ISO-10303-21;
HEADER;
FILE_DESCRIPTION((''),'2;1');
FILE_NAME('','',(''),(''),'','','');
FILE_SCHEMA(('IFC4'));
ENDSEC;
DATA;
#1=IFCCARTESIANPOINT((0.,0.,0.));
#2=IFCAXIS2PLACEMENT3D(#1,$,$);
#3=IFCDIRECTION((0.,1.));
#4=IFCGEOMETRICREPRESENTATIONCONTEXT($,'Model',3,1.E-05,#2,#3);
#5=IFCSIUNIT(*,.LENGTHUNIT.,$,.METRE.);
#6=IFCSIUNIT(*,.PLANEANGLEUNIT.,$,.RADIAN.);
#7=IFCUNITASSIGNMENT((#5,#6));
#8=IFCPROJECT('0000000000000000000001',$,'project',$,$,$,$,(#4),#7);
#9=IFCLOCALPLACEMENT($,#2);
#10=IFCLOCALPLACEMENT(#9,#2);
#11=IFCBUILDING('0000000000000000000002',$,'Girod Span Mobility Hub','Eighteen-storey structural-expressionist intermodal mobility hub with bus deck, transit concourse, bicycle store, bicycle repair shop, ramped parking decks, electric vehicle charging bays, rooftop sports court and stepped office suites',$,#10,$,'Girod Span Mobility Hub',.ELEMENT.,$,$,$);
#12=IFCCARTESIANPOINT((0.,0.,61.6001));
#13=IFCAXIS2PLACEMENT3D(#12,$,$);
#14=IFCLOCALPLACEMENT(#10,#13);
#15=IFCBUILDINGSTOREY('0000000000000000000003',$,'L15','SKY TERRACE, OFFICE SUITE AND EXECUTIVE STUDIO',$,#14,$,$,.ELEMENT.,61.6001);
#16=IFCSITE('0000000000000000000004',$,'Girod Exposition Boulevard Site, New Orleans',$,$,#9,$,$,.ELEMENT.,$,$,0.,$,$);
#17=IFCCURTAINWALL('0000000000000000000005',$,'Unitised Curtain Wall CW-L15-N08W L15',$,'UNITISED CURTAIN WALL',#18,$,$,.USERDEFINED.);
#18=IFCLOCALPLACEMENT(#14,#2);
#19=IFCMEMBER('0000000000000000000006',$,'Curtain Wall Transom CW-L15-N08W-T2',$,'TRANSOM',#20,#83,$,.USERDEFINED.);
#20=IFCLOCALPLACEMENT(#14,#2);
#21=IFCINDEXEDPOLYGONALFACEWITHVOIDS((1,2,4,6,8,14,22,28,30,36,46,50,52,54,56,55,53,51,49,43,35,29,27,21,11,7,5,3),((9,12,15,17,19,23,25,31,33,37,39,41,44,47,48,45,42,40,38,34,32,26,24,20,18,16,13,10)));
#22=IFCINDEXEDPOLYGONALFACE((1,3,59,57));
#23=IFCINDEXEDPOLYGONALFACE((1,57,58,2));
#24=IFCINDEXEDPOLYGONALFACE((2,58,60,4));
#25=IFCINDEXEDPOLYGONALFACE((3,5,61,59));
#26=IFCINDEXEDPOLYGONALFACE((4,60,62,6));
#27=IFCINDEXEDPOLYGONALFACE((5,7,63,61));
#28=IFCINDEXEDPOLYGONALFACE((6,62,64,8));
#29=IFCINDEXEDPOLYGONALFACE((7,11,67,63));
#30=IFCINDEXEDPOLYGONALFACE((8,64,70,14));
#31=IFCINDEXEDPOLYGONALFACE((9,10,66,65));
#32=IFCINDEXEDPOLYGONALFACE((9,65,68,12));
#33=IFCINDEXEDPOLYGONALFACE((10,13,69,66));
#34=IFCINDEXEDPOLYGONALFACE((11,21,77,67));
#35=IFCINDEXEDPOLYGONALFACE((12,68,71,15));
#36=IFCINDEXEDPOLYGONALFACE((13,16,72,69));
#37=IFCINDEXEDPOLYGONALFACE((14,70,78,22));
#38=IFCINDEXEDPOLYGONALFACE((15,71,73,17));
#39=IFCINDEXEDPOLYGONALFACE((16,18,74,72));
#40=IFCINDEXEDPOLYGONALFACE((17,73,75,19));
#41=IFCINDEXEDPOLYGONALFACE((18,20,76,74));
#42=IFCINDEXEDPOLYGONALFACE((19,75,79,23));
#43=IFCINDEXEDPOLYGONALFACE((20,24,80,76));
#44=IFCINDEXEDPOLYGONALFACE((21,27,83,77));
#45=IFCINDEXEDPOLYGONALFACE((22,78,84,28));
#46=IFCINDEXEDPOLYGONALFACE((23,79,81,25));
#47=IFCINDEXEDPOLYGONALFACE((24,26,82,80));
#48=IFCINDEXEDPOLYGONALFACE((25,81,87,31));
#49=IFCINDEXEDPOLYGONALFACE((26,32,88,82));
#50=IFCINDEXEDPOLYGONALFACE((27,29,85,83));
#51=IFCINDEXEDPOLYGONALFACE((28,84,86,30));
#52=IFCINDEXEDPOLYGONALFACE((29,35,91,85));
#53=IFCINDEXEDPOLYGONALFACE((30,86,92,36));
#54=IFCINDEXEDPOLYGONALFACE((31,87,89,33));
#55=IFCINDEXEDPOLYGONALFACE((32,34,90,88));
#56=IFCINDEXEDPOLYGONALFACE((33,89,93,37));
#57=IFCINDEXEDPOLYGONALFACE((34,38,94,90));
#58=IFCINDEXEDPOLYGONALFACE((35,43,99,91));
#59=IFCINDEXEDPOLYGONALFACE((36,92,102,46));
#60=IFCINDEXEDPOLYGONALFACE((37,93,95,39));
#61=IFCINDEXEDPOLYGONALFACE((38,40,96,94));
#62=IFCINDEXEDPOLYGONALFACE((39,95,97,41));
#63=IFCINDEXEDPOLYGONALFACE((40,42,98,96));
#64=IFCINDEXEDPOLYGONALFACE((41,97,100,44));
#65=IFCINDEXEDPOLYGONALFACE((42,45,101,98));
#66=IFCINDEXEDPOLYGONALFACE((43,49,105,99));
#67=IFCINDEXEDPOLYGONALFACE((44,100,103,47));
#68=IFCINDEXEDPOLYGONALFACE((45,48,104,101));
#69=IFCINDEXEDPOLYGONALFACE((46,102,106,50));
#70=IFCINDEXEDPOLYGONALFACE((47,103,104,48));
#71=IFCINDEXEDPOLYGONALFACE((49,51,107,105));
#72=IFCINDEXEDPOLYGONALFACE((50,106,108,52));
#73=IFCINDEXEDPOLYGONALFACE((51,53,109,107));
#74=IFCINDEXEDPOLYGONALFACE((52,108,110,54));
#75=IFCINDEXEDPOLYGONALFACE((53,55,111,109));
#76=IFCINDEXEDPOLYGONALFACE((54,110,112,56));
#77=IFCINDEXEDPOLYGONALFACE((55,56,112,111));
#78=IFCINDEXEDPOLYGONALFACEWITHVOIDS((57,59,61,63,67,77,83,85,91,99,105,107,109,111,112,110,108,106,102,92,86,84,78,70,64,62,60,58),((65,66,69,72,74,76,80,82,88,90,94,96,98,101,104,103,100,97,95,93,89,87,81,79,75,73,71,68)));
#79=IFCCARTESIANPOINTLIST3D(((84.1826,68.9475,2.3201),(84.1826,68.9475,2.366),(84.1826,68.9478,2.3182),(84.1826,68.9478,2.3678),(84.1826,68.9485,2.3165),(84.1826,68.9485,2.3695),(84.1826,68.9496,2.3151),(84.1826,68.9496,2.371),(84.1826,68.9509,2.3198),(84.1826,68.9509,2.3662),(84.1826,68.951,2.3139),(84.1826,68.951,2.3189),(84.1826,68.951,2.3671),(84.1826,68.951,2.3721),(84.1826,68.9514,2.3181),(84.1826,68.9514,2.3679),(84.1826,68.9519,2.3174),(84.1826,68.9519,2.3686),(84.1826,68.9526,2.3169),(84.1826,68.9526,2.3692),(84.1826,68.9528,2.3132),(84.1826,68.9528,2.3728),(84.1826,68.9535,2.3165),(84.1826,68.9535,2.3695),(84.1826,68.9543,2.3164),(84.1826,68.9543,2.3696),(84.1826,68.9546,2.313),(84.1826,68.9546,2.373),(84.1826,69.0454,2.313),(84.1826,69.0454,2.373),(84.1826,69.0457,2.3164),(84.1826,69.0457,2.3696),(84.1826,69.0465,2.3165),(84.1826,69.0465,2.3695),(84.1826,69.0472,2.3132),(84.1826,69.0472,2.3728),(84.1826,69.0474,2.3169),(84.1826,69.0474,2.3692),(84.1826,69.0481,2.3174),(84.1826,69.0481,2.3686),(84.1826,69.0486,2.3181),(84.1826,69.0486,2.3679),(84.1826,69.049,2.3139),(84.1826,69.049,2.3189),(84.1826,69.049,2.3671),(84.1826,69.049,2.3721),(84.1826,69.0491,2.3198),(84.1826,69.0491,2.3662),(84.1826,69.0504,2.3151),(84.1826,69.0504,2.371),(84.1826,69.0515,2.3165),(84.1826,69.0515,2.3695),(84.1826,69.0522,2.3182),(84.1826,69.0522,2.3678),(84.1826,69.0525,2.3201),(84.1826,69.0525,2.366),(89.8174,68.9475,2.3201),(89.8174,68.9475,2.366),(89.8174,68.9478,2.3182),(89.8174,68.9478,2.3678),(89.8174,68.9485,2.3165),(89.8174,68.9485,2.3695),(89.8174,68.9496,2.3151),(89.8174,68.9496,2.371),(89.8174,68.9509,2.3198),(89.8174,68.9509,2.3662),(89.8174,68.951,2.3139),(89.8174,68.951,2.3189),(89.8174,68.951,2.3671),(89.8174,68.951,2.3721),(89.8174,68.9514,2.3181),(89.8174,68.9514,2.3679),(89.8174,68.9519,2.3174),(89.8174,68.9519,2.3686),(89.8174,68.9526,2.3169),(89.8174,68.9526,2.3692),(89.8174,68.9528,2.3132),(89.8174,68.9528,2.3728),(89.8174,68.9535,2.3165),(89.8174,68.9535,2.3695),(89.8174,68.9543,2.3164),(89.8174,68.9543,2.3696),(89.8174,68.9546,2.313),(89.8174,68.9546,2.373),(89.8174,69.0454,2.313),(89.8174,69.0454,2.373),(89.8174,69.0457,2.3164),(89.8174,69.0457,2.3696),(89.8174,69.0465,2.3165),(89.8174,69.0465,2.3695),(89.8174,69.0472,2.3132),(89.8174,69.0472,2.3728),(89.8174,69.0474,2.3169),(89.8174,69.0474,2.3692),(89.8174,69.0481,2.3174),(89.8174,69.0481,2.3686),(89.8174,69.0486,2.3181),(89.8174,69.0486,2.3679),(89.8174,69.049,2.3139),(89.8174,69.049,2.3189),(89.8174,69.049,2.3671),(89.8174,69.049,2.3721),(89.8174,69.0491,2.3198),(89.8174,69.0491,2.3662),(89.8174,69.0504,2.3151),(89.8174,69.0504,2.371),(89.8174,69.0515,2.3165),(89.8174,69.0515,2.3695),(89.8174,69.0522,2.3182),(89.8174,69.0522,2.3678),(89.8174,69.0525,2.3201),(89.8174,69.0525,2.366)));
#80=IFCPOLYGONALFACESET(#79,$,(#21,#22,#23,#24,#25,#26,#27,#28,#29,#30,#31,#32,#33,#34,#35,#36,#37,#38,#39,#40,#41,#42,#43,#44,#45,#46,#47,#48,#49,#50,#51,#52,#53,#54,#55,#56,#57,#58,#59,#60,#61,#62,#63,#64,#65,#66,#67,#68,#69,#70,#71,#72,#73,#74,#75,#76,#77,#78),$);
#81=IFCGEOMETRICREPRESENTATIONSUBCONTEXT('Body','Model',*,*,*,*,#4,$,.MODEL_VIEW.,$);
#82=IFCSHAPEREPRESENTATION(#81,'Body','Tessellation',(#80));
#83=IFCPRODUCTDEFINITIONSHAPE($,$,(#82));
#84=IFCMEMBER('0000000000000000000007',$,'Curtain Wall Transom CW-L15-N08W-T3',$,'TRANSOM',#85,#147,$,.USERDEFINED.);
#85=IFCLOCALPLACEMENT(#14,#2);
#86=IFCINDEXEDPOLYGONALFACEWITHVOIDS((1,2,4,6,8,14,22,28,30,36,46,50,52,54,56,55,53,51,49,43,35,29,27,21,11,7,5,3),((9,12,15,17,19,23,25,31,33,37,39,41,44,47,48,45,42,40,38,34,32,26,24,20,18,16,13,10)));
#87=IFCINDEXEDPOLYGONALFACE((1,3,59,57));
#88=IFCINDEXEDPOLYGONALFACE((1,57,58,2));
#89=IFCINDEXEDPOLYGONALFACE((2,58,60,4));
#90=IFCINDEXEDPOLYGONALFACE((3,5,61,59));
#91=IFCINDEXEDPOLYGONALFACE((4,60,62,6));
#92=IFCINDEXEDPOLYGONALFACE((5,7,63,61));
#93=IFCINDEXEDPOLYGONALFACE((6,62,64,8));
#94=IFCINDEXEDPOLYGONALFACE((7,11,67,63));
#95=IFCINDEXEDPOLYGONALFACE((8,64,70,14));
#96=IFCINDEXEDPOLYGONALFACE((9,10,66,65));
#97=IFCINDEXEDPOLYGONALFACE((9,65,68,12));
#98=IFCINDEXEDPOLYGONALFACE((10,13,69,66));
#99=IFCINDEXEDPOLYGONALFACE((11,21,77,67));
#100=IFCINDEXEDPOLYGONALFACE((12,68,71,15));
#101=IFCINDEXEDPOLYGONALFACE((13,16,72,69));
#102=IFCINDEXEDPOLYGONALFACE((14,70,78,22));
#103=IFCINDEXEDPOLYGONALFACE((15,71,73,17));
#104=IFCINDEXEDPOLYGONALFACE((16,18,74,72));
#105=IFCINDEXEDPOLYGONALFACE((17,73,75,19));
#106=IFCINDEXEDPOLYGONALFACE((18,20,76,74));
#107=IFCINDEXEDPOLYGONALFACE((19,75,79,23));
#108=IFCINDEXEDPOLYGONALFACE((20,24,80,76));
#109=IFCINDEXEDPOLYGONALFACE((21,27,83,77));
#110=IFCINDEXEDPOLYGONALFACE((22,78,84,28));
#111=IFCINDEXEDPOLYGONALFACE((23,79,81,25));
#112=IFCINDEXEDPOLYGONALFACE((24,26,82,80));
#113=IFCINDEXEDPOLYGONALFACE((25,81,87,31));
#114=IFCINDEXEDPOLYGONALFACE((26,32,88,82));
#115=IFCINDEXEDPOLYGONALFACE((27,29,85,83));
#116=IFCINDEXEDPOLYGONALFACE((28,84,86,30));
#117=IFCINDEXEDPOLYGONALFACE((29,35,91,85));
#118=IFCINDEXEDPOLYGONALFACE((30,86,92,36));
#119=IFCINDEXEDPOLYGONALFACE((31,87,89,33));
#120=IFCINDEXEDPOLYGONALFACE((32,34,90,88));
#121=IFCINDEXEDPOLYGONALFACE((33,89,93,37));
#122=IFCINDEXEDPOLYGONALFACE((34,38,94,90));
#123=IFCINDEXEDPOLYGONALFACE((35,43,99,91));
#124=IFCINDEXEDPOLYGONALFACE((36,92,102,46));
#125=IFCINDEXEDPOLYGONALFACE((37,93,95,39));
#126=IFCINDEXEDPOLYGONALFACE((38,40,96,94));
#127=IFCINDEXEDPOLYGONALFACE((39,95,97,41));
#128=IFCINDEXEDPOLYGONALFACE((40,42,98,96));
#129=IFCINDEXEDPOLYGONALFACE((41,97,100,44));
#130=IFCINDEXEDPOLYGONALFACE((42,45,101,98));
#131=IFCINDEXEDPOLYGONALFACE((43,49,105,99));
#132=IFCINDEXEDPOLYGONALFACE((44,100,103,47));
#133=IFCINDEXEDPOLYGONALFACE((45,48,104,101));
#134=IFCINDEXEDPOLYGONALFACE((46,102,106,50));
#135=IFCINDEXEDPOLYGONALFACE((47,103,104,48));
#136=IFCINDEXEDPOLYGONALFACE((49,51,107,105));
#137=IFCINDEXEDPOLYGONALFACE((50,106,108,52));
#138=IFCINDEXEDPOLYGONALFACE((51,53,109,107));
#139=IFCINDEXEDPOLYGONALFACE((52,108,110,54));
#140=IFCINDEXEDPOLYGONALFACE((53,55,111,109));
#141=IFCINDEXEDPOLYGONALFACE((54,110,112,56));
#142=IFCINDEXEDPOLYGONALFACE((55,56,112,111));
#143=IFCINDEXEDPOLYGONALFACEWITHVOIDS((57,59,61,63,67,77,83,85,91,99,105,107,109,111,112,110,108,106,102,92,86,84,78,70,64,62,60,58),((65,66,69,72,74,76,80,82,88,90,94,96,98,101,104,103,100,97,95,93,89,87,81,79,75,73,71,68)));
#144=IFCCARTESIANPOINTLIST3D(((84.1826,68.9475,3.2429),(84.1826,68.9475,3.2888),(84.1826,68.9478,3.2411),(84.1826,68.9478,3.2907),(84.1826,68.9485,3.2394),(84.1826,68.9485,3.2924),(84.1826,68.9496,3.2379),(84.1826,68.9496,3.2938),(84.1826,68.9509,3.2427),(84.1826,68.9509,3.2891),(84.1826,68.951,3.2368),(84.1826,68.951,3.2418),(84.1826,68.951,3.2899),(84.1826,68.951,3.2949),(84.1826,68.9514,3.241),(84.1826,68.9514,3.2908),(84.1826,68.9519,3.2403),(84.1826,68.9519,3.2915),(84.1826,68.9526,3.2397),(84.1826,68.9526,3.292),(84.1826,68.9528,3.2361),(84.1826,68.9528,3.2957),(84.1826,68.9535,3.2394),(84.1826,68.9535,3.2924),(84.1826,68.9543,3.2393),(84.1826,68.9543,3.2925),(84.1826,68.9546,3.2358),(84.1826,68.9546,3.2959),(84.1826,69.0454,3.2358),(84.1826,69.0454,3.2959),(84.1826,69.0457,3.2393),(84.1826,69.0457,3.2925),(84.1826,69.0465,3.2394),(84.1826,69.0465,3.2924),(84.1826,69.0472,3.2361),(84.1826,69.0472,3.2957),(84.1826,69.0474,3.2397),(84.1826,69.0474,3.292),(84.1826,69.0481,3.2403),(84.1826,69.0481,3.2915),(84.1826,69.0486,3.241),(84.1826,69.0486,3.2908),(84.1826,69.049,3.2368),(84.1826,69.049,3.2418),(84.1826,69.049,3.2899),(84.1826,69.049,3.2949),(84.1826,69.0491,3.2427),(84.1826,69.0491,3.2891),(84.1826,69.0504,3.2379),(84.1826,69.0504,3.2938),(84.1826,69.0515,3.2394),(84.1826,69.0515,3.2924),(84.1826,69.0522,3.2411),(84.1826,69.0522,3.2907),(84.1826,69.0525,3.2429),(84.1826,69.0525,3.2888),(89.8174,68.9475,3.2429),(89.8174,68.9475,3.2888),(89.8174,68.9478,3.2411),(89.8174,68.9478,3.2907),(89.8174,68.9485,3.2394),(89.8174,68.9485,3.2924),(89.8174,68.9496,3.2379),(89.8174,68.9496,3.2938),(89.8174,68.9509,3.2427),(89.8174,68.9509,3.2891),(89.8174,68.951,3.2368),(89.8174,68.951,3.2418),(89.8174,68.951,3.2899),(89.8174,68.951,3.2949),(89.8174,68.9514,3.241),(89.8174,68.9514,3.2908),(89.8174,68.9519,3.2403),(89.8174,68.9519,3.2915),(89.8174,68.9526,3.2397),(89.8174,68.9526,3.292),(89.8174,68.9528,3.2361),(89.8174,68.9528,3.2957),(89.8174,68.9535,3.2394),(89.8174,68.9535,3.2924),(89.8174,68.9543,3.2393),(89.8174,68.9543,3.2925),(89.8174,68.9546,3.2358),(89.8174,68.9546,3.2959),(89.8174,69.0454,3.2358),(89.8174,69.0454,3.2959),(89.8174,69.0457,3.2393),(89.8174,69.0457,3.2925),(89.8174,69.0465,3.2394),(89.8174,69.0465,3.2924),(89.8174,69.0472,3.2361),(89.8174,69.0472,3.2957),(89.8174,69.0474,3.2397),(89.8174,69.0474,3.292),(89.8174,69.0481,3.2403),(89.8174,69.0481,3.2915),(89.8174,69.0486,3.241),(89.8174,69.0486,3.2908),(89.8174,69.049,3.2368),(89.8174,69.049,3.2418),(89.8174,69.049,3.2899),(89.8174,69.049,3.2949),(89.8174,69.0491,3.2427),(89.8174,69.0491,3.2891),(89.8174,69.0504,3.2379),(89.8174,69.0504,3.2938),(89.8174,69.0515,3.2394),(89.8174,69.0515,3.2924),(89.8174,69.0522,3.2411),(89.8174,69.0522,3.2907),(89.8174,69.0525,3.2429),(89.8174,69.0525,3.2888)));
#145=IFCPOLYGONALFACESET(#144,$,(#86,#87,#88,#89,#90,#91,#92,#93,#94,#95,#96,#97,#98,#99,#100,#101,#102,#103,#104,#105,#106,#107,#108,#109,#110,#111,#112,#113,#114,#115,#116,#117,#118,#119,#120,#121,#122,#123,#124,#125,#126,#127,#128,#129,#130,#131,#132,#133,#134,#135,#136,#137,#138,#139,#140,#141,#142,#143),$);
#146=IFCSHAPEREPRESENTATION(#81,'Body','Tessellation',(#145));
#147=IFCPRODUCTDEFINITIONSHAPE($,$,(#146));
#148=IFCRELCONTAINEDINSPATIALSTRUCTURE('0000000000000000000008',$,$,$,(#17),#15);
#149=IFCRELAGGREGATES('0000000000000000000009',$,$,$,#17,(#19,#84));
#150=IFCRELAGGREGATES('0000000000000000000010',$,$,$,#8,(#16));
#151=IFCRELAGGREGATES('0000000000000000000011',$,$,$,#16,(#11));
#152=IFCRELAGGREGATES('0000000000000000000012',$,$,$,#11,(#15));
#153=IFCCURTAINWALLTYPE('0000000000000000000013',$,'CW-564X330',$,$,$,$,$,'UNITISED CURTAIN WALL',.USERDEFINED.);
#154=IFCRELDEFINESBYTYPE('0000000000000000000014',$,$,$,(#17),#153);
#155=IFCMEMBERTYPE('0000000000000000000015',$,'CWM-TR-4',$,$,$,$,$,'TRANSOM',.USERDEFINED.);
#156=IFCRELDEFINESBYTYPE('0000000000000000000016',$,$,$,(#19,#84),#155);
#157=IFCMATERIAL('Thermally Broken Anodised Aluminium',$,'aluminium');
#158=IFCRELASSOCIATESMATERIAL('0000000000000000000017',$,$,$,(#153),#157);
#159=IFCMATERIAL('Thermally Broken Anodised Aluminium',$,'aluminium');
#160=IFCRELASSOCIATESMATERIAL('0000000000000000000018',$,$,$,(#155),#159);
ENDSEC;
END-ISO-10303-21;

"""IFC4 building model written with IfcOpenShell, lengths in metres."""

from ifc_helpers import new_model, si_unit, direction, frame, origin, origin_2d, place, context, subcontext, project, spatial, hollow_rectangle, extrude, material, material_profile, profile_set, type_object, element, aggregate, save


model = new_model("IFC4")

# Units and contexts
model_context = context("Model", 3, precision=1e-05, world=origin(), true_north=direction((0.0, 1.0)))
body_context = subcontext(model_context, "Body", "Model", "MODEL_VIEW")
ifc_project = project(units=[si_unit("LENGTHUNIT", "METRE"), si_unit("PLANEANGLEUNIT", "RADIAN")], contexts=[model_context])

# Site, building, storey
site_placement = place(None, origin())
site = spatial("IfcSite", under=ifc_project, at=site_placement, Name="Girod Exposition Boulevard Site, New Orleans", CompositionType="ELEMENT", RefElevation=0.0)
building_placement = place(site_placement, origin())
building = spatial("IfcBuilding", under=site, at=building_placement, Name="Girod Span Mobility Hub", Description="Eighteen-storey structural-expressionist intermodal mobility hub with bus deck, transit concourse, bicycle store, bicycle repair shop, ramped parking decks, electric vehicle charging bays, rooftop sports court and stepped office suites", LongName="Girod Span Mobility Hub", CompositionType="ELEMENT")
storey_placement = place(building_placement, frame((0.0, 0.0, 61.6001)))
storey = spatial("IfcBuildingStorey", under=building, at=storey_placement, Name="L15", Description="SKY TERRACE, OFFICE SUITE AND EXECUTIVE STUDIO", CompositionType="ELEMENT", Elevation=61.6001)

# Curtain wall
ifc_material_1 = material(Name="Thermally Broken Anodised Aluminium", Category="aluminium")
curtain_wall_type = type_object("IfcCurtainWallType", Name="CW-564X330", ElementType="UNITISED CURTAIN WALL", PredefinedType="USERDEFINED", material=ifc_material_1)
curtain_wall_1_placement = place(storey_placement, origin())
curtain_wall_1 = element("IfcCurtainWall", 1, at=curtain_wall_1_placement, inside=storey, type_object=curtain_wall_type, Name="Unitised Curtain Wall CW-L15-N08W L15", ObjectType="UNITISED CURTAIN WALL", PredefinedType="USERDEFINED")

# Members
ifc_material_2 = material(Name="Thermally Broken Anodised Aluminium", Category="aluminium")
ifc_material_profile_1 = material_profile(ifc_material_2, hollow_rectangle(XDim=0.105, YDim=0.0601, WallThickness=0.0034, InnerFilletRadius=0.0034, OuterFilletRadius=0.0071, at=origin_2d()), Name="CW-TR-60X105")
ifc_profile_set_1 = profile_set([ifc_material_profile_1], Name="Thermally Broken Anodised Aluminium")
member_type_1 = type_object("IfcMemberType", Name="CWM-TR-4", ElementType="TRANSOM", PredefinedType="USERDEFINED", material=ifc_profile_set_1)
member_1_placement = place(storey_placement, frame((84.1826, 69.0, 2.343), z_axis=(1.0, 0.0, 0.0), x_axis=(0.0, 1.0, 0.0)))
member_1 = element("IfcMember", 2, at=member_1_placement, type_object=member_type_1, Name="Curtain Wall Transom CW-L15-N08W-T2", ObjectType="TRANSOM", PredefinedType="USERDEFINED", context=body_context, shape_type="SweptSolid", body=[
    extrude(hollow_rectangle(XDim=0.105, YDim=0.0601, WallThickness=0.0034, InnerFilletRadius=0.0034, OuterFilletRadius=0.0071, at=origin_2d()), origin(), (0.0, 0.0, 1.0), 5.6348),
])
member_2_placement = place(storey_placement, frame((84.1826, 69.0, 3.2659), z_axis=(1.0, 0.0, 0.0), x_axis=(0.0, 1.0, 0.0)))
member_2 = element("IfcMember", 3, at=member_2_placement, type_object=member_type_1, Name="Curtain Wall Transom CW-L15-N08W-T3", ObjectType="TRANSOM", PredefinedType="USERDEFINED", context=body_context, shape_type="SweptSolid", body=[
    extrude(hollow_rectangle(XDim=0.105, YDim=0.0601, WallThickness=0.0034, InnerFilletRadius=0.0034, OuterFilletRadius=0.0071, at=origin_2d()), origin(), (0.0, 0.0, 1.0), 5.6348),
])

aggregate(curtain_wall_1, [member_1, member_2])

save(model, "model.ifc")
